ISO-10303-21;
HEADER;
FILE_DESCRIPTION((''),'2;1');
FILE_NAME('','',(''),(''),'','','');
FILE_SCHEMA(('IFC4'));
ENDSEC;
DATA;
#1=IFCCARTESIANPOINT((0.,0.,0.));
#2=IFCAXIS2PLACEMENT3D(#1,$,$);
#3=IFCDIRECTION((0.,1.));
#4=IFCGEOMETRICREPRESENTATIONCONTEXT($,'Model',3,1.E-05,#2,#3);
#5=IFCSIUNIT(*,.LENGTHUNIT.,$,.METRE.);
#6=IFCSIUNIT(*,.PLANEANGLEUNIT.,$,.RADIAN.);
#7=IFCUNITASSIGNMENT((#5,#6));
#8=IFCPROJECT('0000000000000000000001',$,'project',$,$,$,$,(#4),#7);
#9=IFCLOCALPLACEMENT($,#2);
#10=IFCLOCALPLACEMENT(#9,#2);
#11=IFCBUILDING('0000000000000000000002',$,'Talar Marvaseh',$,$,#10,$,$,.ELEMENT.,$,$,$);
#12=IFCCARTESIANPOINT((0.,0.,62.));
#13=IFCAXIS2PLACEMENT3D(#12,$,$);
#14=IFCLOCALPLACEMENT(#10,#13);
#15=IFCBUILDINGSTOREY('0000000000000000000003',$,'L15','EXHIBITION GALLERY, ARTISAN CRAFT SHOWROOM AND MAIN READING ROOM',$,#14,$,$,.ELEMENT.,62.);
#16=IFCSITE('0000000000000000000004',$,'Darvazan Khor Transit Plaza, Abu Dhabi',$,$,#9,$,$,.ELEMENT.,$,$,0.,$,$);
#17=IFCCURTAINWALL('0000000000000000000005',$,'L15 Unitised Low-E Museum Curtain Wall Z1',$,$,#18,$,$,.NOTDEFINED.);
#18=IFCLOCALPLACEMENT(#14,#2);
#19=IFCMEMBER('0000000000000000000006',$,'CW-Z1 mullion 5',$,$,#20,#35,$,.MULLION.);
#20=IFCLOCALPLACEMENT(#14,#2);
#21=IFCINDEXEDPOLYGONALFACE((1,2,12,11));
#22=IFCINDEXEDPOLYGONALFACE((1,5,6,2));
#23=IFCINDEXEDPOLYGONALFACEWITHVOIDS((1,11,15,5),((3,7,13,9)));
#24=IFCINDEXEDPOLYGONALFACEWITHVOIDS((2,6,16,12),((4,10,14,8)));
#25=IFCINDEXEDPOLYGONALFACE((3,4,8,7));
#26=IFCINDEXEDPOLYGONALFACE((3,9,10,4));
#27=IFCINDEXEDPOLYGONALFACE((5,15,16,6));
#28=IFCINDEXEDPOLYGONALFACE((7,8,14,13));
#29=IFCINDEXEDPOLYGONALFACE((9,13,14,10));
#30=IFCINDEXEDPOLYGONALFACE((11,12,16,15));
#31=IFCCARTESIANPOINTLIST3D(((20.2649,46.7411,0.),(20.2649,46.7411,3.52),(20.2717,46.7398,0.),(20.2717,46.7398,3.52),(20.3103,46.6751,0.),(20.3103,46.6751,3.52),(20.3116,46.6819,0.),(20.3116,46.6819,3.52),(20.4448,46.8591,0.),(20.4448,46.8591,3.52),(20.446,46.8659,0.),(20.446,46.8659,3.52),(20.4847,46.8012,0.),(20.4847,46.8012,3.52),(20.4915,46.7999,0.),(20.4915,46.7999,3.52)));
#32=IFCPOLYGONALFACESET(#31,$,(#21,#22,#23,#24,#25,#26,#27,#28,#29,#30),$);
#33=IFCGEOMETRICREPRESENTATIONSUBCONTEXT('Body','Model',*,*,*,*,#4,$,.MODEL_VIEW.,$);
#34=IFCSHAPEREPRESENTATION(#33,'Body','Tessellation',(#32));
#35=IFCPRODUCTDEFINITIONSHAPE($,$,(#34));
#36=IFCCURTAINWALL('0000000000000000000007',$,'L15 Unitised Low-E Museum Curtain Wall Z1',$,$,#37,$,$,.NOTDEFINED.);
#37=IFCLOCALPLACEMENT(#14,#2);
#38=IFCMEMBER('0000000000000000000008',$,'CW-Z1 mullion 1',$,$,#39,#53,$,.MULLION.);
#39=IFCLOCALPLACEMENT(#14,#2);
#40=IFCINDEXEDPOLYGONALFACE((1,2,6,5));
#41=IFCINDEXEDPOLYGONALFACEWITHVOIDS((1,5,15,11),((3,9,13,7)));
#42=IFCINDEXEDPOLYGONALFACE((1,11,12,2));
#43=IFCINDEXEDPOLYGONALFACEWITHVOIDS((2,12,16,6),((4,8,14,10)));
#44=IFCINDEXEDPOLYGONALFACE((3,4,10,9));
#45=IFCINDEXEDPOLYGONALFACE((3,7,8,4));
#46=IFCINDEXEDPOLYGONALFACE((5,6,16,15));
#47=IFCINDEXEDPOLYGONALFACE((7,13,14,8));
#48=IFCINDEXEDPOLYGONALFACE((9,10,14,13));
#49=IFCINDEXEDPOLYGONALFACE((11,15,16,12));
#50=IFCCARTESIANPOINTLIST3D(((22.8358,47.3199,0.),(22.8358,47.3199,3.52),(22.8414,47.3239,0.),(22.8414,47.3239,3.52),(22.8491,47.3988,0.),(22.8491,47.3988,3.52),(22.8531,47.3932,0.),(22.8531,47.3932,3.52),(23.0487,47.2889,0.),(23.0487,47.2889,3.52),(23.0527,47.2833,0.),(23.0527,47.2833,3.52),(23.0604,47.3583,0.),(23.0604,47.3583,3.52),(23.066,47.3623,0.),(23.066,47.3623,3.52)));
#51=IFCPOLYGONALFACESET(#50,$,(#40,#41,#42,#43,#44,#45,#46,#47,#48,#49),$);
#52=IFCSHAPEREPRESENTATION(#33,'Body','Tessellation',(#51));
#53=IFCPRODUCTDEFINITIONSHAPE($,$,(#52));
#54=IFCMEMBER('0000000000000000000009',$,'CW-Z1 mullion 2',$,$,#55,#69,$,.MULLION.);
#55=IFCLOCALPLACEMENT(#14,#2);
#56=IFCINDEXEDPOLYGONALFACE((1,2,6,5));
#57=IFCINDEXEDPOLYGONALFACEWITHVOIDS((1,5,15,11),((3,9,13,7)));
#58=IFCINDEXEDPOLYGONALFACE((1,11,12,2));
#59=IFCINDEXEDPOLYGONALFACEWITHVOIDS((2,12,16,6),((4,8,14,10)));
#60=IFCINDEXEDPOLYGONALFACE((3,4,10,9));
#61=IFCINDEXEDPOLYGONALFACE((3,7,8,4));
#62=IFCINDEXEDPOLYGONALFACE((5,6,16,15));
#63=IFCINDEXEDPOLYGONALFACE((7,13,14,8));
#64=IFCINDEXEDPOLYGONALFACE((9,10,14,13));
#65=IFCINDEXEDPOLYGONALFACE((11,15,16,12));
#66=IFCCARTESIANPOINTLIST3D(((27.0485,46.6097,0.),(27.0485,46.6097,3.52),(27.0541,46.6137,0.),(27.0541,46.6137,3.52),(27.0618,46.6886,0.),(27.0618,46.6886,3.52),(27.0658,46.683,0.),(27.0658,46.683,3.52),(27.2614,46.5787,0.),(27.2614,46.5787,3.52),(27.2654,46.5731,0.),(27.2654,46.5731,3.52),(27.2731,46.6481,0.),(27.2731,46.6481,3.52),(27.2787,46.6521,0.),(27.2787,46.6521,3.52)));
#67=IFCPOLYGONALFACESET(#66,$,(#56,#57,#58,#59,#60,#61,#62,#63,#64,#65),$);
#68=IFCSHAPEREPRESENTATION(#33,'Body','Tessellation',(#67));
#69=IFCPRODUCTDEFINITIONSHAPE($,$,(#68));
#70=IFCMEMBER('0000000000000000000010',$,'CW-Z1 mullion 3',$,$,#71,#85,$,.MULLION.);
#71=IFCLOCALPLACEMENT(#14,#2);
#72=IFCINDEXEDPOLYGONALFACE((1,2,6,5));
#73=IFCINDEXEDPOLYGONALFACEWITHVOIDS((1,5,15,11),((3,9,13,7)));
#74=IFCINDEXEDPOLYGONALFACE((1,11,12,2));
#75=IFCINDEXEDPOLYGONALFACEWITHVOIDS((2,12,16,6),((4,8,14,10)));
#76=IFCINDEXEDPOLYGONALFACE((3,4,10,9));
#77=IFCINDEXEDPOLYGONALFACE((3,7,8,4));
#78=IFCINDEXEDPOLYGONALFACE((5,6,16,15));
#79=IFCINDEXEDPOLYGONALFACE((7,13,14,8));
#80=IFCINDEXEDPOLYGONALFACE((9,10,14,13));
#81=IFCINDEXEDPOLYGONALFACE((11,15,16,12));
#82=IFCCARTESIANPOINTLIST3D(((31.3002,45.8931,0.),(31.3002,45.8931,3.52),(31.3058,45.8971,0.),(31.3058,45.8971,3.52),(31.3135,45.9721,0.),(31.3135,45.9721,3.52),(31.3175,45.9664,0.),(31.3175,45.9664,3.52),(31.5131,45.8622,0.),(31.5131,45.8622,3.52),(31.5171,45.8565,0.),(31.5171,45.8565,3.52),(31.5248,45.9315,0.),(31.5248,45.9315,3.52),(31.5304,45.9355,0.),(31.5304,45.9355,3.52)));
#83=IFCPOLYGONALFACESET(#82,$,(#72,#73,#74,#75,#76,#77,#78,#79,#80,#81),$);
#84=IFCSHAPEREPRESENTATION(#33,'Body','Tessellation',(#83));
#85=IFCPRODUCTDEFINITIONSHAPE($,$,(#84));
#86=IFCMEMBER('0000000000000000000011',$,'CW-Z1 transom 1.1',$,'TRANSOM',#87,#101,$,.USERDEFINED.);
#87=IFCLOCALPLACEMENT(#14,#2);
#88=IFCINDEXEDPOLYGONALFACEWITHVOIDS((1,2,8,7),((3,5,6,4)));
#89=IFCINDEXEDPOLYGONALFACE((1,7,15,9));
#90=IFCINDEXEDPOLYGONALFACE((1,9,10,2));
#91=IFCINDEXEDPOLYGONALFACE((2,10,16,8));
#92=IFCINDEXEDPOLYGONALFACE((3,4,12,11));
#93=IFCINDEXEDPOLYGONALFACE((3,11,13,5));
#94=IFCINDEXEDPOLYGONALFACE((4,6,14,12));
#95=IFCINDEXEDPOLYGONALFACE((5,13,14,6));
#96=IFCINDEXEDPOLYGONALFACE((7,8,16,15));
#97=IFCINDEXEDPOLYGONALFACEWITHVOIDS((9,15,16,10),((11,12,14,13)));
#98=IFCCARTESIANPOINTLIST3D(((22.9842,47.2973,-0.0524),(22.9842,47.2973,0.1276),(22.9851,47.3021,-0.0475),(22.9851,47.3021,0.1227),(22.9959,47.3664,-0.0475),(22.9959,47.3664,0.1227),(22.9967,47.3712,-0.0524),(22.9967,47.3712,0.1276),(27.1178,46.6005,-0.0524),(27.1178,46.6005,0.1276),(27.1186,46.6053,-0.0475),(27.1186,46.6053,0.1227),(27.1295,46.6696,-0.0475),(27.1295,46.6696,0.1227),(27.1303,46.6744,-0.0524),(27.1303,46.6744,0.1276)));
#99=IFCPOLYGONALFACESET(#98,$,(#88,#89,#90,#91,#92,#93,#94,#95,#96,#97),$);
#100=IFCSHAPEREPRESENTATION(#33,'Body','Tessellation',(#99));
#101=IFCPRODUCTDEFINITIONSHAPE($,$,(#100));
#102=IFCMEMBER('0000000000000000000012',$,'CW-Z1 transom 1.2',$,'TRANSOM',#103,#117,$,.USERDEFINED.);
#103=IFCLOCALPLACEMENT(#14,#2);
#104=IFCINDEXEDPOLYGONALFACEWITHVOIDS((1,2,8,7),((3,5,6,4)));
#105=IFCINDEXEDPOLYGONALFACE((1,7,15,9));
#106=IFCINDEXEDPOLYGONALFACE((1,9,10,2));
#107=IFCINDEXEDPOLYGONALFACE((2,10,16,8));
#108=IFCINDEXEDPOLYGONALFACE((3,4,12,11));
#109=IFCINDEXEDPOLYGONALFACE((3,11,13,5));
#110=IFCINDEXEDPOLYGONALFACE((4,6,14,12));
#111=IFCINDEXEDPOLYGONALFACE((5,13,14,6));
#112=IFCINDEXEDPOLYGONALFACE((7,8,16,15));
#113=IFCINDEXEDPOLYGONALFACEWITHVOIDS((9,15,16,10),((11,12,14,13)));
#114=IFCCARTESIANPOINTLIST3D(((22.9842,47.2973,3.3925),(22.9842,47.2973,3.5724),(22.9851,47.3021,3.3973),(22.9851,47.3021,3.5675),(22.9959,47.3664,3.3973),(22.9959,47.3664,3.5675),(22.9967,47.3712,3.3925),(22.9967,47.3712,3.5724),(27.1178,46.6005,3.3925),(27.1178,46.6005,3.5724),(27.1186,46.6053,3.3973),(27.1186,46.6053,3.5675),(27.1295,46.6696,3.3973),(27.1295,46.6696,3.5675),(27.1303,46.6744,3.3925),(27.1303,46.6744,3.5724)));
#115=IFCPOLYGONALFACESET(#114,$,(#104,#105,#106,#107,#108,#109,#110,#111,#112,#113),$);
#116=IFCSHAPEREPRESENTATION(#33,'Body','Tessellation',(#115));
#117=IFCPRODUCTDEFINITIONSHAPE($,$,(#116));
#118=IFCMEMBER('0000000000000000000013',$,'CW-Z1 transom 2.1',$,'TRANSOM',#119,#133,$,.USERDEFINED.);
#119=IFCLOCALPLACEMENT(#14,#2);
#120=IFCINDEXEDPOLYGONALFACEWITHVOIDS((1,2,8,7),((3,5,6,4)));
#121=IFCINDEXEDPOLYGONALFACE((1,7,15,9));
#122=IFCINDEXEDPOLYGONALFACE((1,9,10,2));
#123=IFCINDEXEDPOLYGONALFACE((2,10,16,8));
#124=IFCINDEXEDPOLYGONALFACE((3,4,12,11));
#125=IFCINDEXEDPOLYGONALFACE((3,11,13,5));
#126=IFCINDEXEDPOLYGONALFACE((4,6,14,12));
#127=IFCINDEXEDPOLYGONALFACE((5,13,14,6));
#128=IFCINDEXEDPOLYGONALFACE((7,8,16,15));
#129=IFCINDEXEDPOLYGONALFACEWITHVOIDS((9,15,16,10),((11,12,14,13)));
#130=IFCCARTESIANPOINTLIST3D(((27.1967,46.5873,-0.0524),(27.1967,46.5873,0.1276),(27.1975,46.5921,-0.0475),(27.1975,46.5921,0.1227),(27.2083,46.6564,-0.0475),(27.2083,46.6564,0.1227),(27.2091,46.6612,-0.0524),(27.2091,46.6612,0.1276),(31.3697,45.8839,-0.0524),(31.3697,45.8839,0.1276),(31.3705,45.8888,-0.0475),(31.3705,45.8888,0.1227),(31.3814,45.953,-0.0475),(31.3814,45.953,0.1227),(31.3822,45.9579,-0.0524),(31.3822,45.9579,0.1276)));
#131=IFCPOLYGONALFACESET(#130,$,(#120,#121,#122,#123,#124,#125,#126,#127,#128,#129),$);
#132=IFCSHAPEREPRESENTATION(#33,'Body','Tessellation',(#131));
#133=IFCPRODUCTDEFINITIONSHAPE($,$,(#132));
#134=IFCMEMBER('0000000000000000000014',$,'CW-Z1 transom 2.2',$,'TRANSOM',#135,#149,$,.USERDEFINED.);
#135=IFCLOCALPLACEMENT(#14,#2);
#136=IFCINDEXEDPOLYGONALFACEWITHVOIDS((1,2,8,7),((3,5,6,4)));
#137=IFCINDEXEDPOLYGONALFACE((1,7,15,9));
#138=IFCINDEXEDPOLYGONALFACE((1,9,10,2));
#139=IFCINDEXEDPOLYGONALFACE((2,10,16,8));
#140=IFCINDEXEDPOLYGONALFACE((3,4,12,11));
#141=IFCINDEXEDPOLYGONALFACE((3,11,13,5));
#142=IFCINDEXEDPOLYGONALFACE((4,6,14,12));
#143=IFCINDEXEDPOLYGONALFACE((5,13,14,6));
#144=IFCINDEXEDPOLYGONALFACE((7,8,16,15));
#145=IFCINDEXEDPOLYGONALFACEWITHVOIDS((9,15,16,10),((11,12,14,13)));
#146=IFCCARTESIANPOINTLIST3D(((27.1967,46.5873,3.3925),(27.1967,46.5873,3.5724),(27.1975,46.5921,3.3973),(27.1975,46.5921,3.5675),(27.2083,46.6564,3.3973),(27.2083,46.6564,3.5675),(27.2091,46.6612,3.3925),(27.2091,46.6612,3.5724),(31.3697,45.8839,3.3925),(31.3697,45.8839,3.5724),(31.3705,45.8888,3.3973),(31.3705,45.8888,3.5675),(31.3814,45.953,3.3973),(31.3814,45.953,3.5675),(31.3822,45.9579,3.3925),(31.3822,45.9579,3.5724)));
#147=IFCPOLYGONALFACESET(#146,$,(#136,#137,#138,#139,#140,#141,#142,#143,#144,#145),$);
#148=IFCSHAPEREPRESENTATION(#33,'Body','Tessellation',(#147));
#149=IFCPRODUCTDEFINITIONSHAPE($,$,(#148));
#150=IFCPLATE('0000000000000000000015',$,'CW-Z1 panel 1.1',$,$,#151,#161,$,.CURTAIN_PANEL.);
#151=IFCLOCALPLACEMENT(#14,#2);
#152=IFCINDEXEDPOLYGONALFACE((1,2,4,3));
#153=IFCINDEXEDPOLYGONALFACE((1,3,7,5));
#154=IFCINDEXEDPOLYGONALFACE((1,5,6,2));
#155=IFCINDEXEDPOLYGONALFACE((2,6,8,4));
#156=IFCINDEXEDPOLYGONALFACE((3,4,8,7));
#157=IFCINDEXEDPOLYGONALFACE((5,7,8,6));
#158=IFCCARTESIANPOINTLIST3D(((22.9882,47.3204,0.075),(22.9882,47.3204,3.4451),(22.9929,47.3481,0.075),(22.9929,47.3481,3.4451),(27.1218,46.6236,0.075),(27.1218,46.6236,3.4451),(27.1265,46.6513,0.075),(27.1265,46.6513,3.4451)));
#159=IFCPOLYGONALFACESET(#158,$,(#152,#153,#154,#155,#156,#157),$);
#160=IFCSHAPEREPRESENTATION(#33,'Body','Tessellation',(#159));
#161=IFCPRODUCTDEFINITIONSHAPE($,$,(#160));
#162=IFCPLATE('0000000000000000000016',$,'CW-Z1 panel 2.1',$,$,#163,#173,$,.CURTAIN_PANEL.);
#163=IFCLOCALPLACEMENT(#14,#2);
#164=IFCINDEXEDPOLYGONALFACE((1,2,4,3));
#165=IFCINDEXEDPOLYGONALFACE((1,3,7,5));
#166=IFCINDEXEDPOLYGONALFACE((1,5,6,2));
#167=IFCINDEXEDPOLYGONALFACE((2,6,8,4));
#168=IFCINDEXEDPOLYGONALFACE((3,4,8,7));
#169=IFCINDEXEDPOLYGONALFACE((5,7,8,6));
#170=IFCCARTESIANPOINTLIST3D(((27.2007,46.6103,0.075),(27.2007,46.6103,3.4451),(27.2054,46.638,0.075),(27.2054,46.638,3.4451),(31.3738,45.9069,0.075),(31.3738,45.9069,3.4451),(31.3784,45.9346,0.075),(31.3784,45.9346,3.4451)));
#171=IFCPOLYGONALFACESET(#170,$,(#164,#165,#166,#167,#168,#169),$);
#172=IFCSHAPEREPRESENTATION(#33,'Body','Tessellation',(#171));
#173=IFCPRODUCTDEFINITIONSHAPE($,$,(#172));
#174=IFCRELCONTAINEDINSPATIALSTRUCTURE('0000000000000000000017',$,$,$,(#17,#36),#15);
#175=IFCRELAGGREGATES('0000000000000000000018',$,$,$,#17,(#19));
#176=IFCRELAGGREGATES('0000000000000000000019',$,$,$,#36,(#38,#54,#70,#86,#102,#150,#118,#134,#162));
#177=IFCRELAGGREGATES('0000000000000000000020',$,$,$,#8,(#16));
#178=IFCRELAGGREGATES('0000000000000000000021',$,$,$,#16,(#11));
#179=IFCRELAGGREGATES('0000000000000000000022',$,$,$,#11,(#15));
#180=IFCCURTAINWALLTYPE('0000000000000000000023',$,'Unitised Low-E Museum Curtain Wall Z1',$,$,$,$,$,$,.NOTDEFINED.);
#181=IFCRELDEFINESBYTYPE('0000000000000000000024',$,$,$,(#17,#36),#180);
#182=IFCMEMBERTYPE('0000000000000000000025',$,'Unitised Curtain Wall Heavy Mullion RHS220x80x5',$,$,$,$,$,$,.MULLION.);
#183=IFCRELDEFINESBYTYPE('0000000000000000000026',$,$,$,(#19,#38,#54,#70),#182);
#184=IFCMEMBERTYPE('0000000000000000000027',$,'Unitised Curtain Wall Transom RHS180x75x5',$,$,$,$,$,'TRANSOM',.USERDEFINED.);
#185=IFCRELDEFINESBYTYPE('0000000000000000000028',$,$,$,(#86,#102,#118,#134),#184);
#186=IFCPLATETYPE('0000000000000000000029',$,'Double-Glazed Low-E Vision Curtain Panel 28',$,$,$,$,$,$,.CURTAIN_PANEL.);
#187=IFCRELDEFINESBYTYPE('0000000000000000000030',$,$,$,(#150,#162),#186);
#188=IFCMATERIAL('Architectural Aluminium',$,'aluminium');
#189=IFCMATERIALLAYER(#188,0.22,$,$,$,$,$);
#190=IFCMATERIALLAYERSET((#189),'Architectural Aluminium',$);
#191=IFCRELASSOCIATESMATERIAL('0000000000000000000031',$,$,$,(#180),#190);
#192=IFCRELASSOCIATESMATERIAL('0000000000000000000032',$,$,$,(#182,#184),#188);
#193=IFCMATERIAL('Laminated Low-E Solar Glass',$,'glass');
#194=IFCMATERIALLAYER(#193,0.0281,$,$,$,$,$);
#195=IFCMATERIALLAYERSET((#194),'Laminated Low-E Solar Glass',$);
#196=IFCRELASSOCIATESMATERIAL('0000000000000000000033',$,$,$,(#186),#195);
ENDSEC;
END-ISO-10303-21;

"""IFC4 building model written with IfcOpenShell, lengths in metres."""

from ifc_helpers import new_model, si_unit, direction, frame, origin, origin_2d, place, context, subcontext, project, spatial, rectangle, hollow_rectangle, extrude, source, transform, mapped, material, layer, layer_set, material_profile, profile_set, type_object, type_shapes, element, aggregate, save


model = new_model("IFC4")

# Units and contexts
model_context = context("Model", 3, precision=1e-05, world=origin(), true_north=direction((0.0, 1.0)))
body_context = subcontext(model_context, "Body", "Model", "MODEL_VIEW")
ifc_project = project(units=[si_unit("LENGTHUNIT", "METRE"), si_unit("PLANEANGLEUNIT", "RADIAN")], contexts=[model_context])

# Site, building, storey
site_placement = place(None, origin())
site = spatial("IfcSite", under=ifc_project, at=site_placement, Name="Darvazan Khor Transit Plaza, Abu Dhabi", CompositionType="ELEMENT", RefElevation=0.0)
building_placement = place(site_placement, origin())
building = spatial("IfcBuilding", under=site, at=building_placement, Name="Talar Marvaseh", CompositionType="ELEMENT")
storey_placement = place(building_placement, frame((0.0, 0.0, 62.0)))
storey = spatial("IfcBuildingStorey", under=building, at=storey_placement, Name="L15", Description="EXHIBITION GALLERY, ARTISAN CRAFT SHOWROOM AND MAIN READING ROOM", CompositionType="ELEMENT", Elevation=62.0)

# Curtain wall, member
ifc_material_1 = material(Name="Architectural Aluminium", Category="aluminium")
ifc_layer_1 = layer(ifc_material_1, 0.22)
ifc_layer_set_1 = layer_set([ifc_layer_1], Name="Architectural Aluminium")
curtain_wall_type = type_object("IfcCurtainWallType", Name="Unitised Low-E Museum Curtain Wall Z1", PredefinedType="NOTDEFINED", material=ifc_layer_set_1)
curtain_wall_1_placement = place(storey_placement, origin())
curtain_wall_1 = element("IfcCurtainWall", 1, at=curtain_wall_1_placement, inside=storey, type_object=curtain_wall_type, Name="L15 Unitised Low-E Museum Curtain Wall Z1", PredefinedType="NOTDEFINED")
ifc_material_profile_1 = material_profile(ifc_material_1, hollow_rectangle(XDim=0.0801, YDim=0.22, WallThickness=0.0049, at=origin_2d()), Name="RHS220x80x5")
ifc_profile_set_1 = profile_set([ifc_material_profile_1], Name="Architectural Aluminium")
member_type_1 = type_object("IfcMemberType", Name="Unitised Curtain Wall Heavy Mullion RHS220x80x5", PredefinedType="MULLION", material=ifc_profile_set_1)
shared_shape_1 = source(origin(), body_context, "Body", "SweptSolid", [
    extrude(hollow_rectangle(XDim=0.0801, YDim=0.22, WallThickness=0.0049, at=origin_2d()), origin(), (0.0, 0.0, 1.0), 3.52),
])
type_shapes(member_type_1, [shared_shape_1])
member_1_placement = place(storey_placement, frame((20.3782, 46.7705, 0.0), z_axis=(0.0, 0.0, 1.0), x_axis=(-0.567383, 0.823454, 0.0)))
member_1 = element("IfcMember", 2, at=member_1_placement, type_object=member_type_1, Name="CW-Z1 mullion 5", PredefinedType="MULLION", context=body_context, shape_type="MappedRepresentation", body=[
    mapped(shared_shape_1, transform((0.0, 0.0, 0.0), x_axis=(1.0, 0.0, 0.0), y_axis=(0.0, 1.0, 0.0), z_axis=(0.0, 0.0, 1.0), scale=1.0)),
])
aggregate(curtain_wall_1, [member_1])

# Curtain wall, members, plates
curtain_wall_2_placement = place(storey_placement, origin())
curtain_wall_2 = element("IfcCurtainWall", 3, at=curtain_wall_2_placement, inside=storey, type_object=curtain_wall_type, Name="L15 Unitised Low-E Museum Curtain Wall Z1", PredefinedType="NOTDEFINED")
member_2_placement = place(storey_placement, frame((22.9509, 47.3411, 0.0), z_axis=(0.0, 0.0, 1.0), x_axis=(0.166215, 0.98609, 0.0)))
member_2 = element("IfcMember", 4, at=member_2_placement, type_object=member_type_1, Name="CW-Z1 mullion 1", PredefinedType="MULLION", context=body_context, shape_type="MappedRepresentation", body=[
    mapped(shared_shape_1, transform((0.0, 0.0, 0.0), x_axis=(1.0, 0.0, 0.0), y_axis=(0.0, 1.0, 0.0), z_axis=(0.0, 0.0, 1.0), scale=1.0)),
])
member_3_placement = place(storey_placement, frame((27.1636, 46.6309, 0.0), z_axis=(0.0, 0.0, 1.0), x_axis=(0.166215, 0.98609, 0.0)))
member_3 = element("IfcMember", 5, at=member_3_placement, type_object=member_type_1, Name="CW-Z1 mullion 2", PredefinedType="MULLION", context=body_context, shape_type="MappedRepresentation", body=[
    mapped(shared_shape_1, transform((0.0, 0.0, 0.0), x_axis=(1.0, 0.0, 0.0), y_axis=(0.0, 1.0, 0.0), z_axis=(0.0, 0.0, 1.0), scale=1.0)),
])
member_4_placement = place(storey_placement, frame((31.4153, 45.9143, 0.0), z_axis=(0.0, 0.0, 1.0), x_axis=(0.166215, 0.98609, 0.0)))
member_4 = element("IfcMember", 6, at=member_4_placement, type_object=member_type_1, Name="CW-Z1 mullion 3", PredefinedType="MULLION", context=body_context, shape_type="MappedRepresentation", body=[
    mapped(shared_shape_1, transform((0.0, 0.0, 0.0), x_axis=(1.0, 0.0, 0.0), y_axis=(0.0, 1.0, 0.0), z_axis=(0.0, 0.0, 1.0), scale=1.0)),
])
ifc_material_profile_2 = material_profile(ifc_material_1, hollow_rectangle(XDim=0.075, YDim=0.1799, WallThickness=0.0049, at=origin_2d()), Name="RHS180x75x5")
ifc_profile_set_2 = profile_set([ifc_material_profile_2], Name="Architectural Aluminium")
member_type_2 = type_object("IfcMemberType", Name="Unitised Curtain Wall Transom RHS180x75x5", ElementType="TRANSOM", PredefinedType="USERDEFINED", material=ifc_profile_set_2)
shared_shape_2 = source(origin(), body_context, "Body", "SweptSolid", [
    extrude(hollow_rectangle(XDim=0.075, YDim=0.1799, WallThickness=0.0049, at=origin_2d()), origin(), (0.0, 0.0, 1.0), 4.1919),
])
member_5_placement = place(storey_placement, frame((22.9905, 47.3342, 0.0376), z_axis=(0.986088, -0.166222, 0.0), x_axis=(0.166222, 0.986088, 0.0)))
member_5 = element("IfcMember", 7, at=member_5_placement, type_object=member_type_2, Name="CW-Z1 transom 1.1", ObjectType="TRANSOM", PredefinedType="USERDEFINED", context=body_context, shape_type="MappedRepresentation", body=[
    mapped(shared_shape_2, transform((0.0, 0.0, 0.0), x_axis=(1.0, 0.0, 0.0), y_axis=(0.0, 1.0, 0.0), z_axis=(0.0, 0.0, 1.0), scale=1.0)),
])
member_6_placement = place(storey_placement, frame((22.9905, 47.3342, 3.4824), z_axis=(0.986088, -0.166222, 0.0), x_axis=(0.166222, 0.986088, 0.0)))
member_6 = element("IfcMember", 8, at=member_6_placement, type_object=member_type_2, Name="CW-Z1 transom 1.2", ObjectType="TRANSOM", PredefinedType="USERDEFINED", context=body_context, shape_type="MappedRepresentation", body=[
    mapped(shared_shape_2, transform((0.0, 0.0, 0.0), x_axis=(1.0, 0.0, 0.0), y_axis=(0.0, 1.0, 0.0), z_axis=(0.0, 0.0, 1.0), scale=1.0)),
])
shared_shape_3 = source(origin(), body_context, "Body", "SweptSolid", [
    extrude(hollow_rectangle(XDim=0.075, YDim=0.1799, WallThickness=0.0049, at=origin_2d()), origin(), (0.0, 0.0, 1.0), 4.2319),
])
type_shapes(member_type_2, [shared_shape_2, shared_shape_3])
member_7_placement = place(storey_placement, frame((27.2029, 46.6243, 0.0376), z_axis=(0.986091, -0.166204, 0.0), x_axis=(0.166204, 0.986091, 0.0)))
member_7 = element("IfcMember", 9, at=member_7_placement, type_object=member_type_2, Name="CW-Z1 transom 2.1", ObjectType="TRANSOM", PredefinedType="USERDEFINED", context=body_context, shape_type="MappedRepresentation", body=[
    mapped(shared_shape_3, transform((0.0, 0.0, 0.0), x_axis=(1.0, 0.0, 0.0), y_axis=(0.0, 1.0, 0.0), z_axis=(0.0, 0.0, 1.0), scale=1.0)),
])
member_8_placement = place(storey_placement, frame((27.2029, 46.6243, 3.4824), z_axis=(0.986091, -0.166204, 0.0), x_axis=(0.166204, 0.986091, 0.0)))
member_8 = element("IfcMember", 10, at=member_8_placement, type_object=member_type_2, Name="CW-Z1 transom 2.2", ObjectType="TRANSOM", PredefinedType="USERDEFINED", context=body_context, shape_type="MappedRepresentation", body=[
    mapped(shared_shape_3, transform((0.0, 0.0, 0.0), x_axis=(1.0, 0.0, 0.0), y_axis=(0.0, 1.0, 0.0), z_axis=(0.0, 0.0, 1.0), scale=1.0)),
])
ifc_material_2 = material(Name="Laminated Low-E Solar Glass", Category="glass")
ifc_layer_2 = layer(ifc_material_2, 0.0281)
ifc_layer_set_2 = layer_set([ifc_layer_2], Name="Laminated Low-E Solar Glass")
plate_type = type_object("IfcPlateType", Name="Double-Glazed Low-E Vision Curtain Panel 28", PredefinedType="CURTAIN_PANEL", material=ifc_layer_set_2)
shared_shape_4 = source(origin(), body_context, "Body", "SweptSolid", [
    extrude(rectangle(XDim=4.1919, YDim=0.0281, at=origin_2d()), origin(), (0.0, 0.0, 1.0), 3.3701),
])
plate_1_placement = place(storey_placement, frame((25.0574, 46.9858, 0.075), z_axis=(0.0, 0.0, 1.0), x_axis=(0.98609, -0.166215, 0.0)))
plate_1 = element("IfcPlate", 11, at=plate_1_placement, type_object=plate_type, Name="CW-Z1 panel 1.1", PredefinedType="CURTAIN_PANEL", context=body_context, shape_type="MappedRepresentation", body=[
    mapped(shared_shape_4, transform((0.0, 0.0, 0.0), x_axis=(1.0, 0.0, 0.0), y_axis=(0.0, 1.0, 0.0), z_axis=(0.0, 0.0, 1.0), scale=1.0)),
])
shared_shape_5 = source(origin(), body_context, "Body", "SweptSolid", [
    extrude(rectangle(XDim=4.2319, YDim=0.0281, at=origin_2d()), origin(), (0.0, 0.0, 1.0), 3.3701),
])
type_shapes(plate_type, [shared_shape_4, shared_shape_5])
plate_2_placement = place(storey_placement, frame((29.2896, 46.2725, 0.075), z_axis=(0.0, 0.0, 1.0), x_axis=(0.98609, -0.166215, 0.0)))
plate_2 = element("IfcPlate", 12, at=plate_2_placement, type_object=plate_type, Name="CW-Z1 panel 2.1", PredefinedType="CURTAIN_PANEL", context=body_context, shape_type="MappedRepresentation", body=[
    mapped(shared_shape_5, transform((0.0, 0.0, 0.0), x_axis=(1.0, 0.0, 0.0), y_axis=(0.0, 1.0, 0.0), z_axis=(0.0, 0.0, 1.0), scale=1.0)),
])
aggregate(curtain_wall_2, [member_2, member_3, member_4, member_5, member_6, plate_1, member_7, member_8, plate_2])

save(model, "model.ifc")
